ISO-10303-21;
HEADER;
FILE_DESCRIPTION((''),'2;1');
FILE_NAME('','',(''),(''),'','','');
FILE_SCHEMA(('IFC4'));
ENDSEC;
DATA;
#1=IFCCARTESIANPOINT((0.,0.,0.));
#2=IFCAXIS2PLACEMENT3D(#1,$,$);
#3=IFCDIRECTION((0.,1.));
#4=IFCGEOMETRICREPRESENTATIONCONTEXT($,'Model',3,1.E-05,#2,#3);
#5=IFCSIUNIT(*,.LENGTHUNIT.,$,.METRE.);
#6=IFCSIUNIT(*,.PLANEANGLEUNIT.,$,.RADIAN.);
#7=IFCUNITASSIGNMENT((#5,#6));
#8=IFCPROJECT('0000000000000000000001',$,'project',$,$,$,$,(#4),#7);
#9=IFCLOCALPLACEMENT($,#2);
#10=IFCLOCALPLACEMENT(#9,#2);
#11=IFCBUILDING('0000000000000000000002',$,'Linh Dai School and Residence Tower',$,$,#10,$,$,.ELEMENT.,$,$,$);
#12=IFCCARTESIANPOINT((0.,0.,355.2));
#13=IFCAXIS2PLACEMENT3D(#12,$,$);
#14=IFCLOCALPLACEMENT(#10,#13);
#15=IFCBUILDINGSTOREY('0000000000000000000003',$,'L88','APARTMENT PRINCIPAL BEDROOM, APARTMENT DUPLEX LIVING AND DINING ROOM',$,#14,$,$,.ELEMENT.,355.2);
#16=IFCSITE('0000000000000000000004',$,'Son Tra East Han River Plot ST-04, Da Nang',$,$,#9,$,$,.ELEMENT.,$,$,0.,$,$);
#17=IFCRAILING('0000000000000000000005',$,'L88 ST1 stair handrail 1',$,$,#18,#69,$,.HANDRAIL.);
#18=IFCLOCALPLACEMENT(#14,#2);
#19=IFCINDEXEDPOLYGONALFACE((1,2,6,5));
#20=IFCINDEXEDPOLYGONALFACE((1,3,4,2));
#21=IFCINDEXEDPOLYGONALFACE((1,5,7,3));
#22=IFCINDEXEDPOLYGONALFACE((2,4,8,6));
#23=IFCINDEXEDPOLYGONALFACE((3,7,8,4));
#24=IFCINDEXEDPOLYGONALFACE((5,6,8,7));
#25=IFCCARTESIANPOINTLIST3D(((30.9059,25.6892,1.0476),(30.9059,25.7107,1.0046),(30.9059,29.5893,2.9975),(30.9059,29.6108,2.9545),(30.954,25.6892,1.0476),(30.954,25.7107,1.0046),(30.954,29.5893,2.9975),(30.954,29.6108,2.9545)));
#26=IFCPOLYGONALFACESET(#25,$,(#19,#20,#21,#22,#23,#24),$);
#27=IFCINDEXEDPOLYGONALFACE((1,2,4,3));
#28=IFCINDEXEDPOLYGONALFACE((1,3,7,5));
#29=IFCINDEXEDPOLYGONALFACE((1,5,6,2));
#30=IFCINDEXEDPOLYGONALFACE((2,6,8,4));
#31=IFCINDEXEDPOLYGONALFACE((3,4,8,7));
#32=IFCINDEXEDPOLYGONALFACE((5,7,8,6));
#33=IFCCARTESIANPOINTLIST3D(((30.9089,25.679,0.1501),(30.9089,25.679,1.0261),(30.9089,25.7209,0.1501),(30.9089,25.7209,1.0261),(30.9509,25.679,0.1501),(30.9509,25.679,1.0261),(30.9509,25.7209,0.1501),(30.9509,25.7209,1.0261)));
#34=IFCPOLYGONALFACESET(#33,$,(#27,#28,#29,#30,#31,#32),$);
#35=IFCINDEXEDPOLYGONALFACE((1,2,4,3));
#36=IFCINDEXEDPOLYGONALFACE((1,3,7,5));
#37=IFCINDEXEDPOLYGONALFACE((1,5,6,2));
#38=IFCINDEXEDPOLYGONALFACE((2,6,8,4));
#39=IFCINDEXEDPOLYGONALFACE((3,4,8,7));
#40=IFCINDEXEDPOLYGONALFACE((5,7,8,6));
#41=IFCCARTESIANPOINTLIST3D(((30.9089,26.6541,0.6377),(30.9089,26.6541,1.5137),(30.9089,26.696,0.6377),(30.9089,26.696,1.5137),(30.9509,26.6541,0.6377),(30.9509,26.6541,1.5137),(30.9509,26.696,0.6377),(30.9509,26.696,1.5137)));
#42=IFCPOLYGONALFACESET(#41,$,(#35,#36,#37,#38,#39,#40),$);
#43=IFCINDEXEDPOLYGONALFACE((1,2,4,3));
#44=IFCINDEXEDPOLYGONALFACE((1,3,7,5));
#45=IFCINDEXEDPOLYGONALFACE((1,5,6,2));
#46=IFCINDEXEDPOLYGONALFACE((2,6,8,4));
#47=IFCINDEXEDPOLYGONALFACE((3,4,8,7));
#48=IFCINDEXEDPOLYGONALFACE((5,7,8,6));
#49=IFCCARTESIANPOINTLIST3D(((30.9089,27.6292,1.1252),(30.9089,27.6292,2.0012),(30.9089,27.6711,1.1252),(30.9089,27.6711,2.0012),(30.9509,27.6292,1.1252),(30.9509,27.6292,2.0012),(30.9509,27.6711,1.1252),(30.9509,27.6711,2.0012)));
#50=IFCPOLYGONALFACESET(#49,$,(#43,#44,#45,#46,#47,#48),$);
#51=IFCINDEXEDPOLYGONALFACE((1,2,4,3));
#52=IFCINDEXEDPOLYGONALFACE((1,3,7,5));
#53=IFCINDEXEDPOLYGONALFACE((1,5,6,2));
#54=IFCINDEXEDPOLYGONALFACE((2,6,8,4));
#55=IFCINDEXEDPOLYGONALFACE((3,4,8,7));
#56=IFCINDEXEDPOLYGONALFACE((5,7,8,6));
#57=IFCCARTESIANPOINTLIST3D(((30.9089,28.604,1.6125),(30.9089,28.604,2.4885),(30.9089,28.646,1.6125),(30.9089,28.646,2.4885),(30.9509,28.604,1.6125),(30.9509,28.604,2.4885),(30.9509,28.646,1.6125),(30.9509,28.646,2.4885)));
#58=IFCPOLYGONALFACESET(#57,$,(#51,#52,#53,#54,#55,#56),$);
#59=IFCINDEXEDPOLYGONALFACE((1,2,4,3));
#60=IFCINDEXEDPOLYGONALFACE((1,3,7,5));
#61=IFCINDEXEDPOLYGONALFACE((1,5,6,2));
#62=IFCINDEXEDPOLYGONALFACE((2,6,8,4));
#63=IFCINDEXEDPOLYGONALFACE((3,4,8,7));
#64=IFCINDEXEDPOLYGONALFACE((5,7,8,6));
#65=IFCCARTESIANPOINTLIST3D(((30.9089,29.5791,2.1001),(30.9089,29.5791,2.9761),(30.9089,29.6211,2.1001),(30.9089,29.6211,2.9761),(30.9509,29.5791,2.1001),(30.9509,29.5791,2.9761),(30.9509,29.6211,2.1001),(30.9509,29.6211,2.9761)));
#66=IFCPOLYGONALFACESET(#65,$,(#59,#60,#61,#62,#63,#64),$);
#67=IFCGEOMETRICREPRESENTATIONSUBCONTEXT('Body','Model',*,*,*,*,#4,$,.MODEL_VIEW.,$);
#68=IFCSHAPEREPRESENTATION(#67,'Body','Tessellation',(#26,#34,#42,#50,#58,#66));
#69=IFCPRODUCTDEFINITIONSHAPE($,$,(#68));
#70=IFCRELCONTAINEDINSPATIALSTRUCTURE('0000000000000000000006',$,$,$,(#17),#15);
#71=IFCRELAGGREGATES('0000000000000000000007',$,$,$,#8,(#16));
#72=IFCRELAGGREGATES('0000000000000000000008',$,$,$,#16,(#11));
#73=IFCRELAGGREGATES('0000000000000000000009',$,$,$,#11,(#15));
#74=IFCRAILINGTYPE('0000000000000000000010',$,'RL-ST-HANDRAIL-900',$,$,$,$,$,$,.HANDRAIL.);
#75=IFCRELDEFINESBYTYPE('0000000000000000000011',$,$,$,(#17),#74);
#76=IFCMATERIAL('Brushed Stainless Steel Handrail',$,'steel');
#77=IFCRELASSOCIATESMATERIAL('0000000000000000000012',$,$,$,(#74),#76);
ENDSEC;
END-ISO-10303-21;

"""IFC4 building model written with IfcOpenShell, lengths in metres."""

from ifc_helpers import new_model, si_unit, direction, frame, origin, origin_2d, place, context, subcontext, project, spatial, rectangle, extrude, source, transform, mapped, material, type_object, element, save


model = new_model("IFC4")

# Units and contexts
model_context = context("Model", 3, precision=1e-05, world=origin(), true_north=direction((0.0, 1.0)))
body_context = subcontext(model_context, "Body", "Model", "MODEL_VIEW")
ifc_project = project(units=[si_unit("LENGTHUNIT", "METRE"), si_unit("PLANEANGLEUNIT", "RADIAN")], contexts=[model_context])

# Site, building, storey
site_placement = place(None, origin())
site = spatial("IfcSite", under=ifc_project, at=site_placement, Name="Son Tra East Han River Plot ST-04, Da Nang", CompositionType="ELEMENT", RefElevation=0.0)
building_placement = place(site_placement, origin())
building = spatial("IfcBuilding", under=site, at=building_placement, Name="Linh Dai School and Residence Tower", CompositionType="ELEMENT")
storey_placement = place(building_placement, frame((0.0, 0.0, 355.2)))
storey = spatial("IfcBuildingStorey", under=building, at=storey_placement, Name="L88", Description="APARTMENT PRINCIPAL BEDROOM, APARTMENT DUPLEX LIVING AND DINING ROOM", CompositionType="ELEMENT", Elevation=355.2)

# Railing
ifc_material_1 = material(Name="Brushed Stainless Steel Handrail", Category="steel")
railing_type_1 = type_object("IfcRailingType", Name="RL-ST-HANDRAIL-900", PredefinedType="HANDRAIL", material=ifc_material_1)
shared_shape_1 = source(origin(), body_context, "Body", "SweptSolid", [
    extrude(rectangle(XDim=0.0481, YDim=0.0481, at=origin_2d()), frame((0.0, 0.0, 0.876), z_axis=(0.0, 0.894438, 0.447191), x_axis=(-1.0, 0.0, 0.0)), (0.0, 0.0, 1.0), 4.3604),
    extrude(rectangle(XDim=0.042, YDim=0.042, at=origin_2d()), origin(), (0.0, 0.0, 1.0), 0.876),
    extrude(rectangle(XDim=0.042, YDim=0.042, at=origin_2d()), frame((0.0, 0.9751, 0.4875)), (0.0, 0.0, 1.0), 0.876),
    extrude(rectangle(XDim=0.042, YDim=0.042, at=origin_2d()), frame((0.0, 1.9502, 0.9751)), (0.0, 0.0, 1.0), 0.876),
    extrude(rectangle(XDim=0.042, YDim=0.042, at=origin_2d()), frame((0.0, 2.925, 1.4624)), (0.0, 0.0, 1.0), 0.876),
    extrude(rectangle(XDim=0.042, YDim=0.042, at=origin_2d()), frame((0.0, 3.9001, 1.95)), (0.0, 0.0, 1.0), 0.876),
])
railing_1_placement = place(storey_placement, frame((30.9299, 25.7, 0.1501)))
element("IfcRailing", 1, at=railing_1_placement, inside=storey, type_object=railing_type_1, Name="L88 ST1 stair handrail 1", PredefinedType="HANDRAIL", context=body_context, shape_type="MappedRepresentation", body=[
    mapped(shared_shape_1, transform((0.0, 0.0, 0.0), x_axis=(1.0, 0.0, 0.0), y_axis=(0.0, 1.0, 0.0), z_axis=(0.0, 0.0, 1.0), scale=1.0)),
])

save(model, "model.ifc")
